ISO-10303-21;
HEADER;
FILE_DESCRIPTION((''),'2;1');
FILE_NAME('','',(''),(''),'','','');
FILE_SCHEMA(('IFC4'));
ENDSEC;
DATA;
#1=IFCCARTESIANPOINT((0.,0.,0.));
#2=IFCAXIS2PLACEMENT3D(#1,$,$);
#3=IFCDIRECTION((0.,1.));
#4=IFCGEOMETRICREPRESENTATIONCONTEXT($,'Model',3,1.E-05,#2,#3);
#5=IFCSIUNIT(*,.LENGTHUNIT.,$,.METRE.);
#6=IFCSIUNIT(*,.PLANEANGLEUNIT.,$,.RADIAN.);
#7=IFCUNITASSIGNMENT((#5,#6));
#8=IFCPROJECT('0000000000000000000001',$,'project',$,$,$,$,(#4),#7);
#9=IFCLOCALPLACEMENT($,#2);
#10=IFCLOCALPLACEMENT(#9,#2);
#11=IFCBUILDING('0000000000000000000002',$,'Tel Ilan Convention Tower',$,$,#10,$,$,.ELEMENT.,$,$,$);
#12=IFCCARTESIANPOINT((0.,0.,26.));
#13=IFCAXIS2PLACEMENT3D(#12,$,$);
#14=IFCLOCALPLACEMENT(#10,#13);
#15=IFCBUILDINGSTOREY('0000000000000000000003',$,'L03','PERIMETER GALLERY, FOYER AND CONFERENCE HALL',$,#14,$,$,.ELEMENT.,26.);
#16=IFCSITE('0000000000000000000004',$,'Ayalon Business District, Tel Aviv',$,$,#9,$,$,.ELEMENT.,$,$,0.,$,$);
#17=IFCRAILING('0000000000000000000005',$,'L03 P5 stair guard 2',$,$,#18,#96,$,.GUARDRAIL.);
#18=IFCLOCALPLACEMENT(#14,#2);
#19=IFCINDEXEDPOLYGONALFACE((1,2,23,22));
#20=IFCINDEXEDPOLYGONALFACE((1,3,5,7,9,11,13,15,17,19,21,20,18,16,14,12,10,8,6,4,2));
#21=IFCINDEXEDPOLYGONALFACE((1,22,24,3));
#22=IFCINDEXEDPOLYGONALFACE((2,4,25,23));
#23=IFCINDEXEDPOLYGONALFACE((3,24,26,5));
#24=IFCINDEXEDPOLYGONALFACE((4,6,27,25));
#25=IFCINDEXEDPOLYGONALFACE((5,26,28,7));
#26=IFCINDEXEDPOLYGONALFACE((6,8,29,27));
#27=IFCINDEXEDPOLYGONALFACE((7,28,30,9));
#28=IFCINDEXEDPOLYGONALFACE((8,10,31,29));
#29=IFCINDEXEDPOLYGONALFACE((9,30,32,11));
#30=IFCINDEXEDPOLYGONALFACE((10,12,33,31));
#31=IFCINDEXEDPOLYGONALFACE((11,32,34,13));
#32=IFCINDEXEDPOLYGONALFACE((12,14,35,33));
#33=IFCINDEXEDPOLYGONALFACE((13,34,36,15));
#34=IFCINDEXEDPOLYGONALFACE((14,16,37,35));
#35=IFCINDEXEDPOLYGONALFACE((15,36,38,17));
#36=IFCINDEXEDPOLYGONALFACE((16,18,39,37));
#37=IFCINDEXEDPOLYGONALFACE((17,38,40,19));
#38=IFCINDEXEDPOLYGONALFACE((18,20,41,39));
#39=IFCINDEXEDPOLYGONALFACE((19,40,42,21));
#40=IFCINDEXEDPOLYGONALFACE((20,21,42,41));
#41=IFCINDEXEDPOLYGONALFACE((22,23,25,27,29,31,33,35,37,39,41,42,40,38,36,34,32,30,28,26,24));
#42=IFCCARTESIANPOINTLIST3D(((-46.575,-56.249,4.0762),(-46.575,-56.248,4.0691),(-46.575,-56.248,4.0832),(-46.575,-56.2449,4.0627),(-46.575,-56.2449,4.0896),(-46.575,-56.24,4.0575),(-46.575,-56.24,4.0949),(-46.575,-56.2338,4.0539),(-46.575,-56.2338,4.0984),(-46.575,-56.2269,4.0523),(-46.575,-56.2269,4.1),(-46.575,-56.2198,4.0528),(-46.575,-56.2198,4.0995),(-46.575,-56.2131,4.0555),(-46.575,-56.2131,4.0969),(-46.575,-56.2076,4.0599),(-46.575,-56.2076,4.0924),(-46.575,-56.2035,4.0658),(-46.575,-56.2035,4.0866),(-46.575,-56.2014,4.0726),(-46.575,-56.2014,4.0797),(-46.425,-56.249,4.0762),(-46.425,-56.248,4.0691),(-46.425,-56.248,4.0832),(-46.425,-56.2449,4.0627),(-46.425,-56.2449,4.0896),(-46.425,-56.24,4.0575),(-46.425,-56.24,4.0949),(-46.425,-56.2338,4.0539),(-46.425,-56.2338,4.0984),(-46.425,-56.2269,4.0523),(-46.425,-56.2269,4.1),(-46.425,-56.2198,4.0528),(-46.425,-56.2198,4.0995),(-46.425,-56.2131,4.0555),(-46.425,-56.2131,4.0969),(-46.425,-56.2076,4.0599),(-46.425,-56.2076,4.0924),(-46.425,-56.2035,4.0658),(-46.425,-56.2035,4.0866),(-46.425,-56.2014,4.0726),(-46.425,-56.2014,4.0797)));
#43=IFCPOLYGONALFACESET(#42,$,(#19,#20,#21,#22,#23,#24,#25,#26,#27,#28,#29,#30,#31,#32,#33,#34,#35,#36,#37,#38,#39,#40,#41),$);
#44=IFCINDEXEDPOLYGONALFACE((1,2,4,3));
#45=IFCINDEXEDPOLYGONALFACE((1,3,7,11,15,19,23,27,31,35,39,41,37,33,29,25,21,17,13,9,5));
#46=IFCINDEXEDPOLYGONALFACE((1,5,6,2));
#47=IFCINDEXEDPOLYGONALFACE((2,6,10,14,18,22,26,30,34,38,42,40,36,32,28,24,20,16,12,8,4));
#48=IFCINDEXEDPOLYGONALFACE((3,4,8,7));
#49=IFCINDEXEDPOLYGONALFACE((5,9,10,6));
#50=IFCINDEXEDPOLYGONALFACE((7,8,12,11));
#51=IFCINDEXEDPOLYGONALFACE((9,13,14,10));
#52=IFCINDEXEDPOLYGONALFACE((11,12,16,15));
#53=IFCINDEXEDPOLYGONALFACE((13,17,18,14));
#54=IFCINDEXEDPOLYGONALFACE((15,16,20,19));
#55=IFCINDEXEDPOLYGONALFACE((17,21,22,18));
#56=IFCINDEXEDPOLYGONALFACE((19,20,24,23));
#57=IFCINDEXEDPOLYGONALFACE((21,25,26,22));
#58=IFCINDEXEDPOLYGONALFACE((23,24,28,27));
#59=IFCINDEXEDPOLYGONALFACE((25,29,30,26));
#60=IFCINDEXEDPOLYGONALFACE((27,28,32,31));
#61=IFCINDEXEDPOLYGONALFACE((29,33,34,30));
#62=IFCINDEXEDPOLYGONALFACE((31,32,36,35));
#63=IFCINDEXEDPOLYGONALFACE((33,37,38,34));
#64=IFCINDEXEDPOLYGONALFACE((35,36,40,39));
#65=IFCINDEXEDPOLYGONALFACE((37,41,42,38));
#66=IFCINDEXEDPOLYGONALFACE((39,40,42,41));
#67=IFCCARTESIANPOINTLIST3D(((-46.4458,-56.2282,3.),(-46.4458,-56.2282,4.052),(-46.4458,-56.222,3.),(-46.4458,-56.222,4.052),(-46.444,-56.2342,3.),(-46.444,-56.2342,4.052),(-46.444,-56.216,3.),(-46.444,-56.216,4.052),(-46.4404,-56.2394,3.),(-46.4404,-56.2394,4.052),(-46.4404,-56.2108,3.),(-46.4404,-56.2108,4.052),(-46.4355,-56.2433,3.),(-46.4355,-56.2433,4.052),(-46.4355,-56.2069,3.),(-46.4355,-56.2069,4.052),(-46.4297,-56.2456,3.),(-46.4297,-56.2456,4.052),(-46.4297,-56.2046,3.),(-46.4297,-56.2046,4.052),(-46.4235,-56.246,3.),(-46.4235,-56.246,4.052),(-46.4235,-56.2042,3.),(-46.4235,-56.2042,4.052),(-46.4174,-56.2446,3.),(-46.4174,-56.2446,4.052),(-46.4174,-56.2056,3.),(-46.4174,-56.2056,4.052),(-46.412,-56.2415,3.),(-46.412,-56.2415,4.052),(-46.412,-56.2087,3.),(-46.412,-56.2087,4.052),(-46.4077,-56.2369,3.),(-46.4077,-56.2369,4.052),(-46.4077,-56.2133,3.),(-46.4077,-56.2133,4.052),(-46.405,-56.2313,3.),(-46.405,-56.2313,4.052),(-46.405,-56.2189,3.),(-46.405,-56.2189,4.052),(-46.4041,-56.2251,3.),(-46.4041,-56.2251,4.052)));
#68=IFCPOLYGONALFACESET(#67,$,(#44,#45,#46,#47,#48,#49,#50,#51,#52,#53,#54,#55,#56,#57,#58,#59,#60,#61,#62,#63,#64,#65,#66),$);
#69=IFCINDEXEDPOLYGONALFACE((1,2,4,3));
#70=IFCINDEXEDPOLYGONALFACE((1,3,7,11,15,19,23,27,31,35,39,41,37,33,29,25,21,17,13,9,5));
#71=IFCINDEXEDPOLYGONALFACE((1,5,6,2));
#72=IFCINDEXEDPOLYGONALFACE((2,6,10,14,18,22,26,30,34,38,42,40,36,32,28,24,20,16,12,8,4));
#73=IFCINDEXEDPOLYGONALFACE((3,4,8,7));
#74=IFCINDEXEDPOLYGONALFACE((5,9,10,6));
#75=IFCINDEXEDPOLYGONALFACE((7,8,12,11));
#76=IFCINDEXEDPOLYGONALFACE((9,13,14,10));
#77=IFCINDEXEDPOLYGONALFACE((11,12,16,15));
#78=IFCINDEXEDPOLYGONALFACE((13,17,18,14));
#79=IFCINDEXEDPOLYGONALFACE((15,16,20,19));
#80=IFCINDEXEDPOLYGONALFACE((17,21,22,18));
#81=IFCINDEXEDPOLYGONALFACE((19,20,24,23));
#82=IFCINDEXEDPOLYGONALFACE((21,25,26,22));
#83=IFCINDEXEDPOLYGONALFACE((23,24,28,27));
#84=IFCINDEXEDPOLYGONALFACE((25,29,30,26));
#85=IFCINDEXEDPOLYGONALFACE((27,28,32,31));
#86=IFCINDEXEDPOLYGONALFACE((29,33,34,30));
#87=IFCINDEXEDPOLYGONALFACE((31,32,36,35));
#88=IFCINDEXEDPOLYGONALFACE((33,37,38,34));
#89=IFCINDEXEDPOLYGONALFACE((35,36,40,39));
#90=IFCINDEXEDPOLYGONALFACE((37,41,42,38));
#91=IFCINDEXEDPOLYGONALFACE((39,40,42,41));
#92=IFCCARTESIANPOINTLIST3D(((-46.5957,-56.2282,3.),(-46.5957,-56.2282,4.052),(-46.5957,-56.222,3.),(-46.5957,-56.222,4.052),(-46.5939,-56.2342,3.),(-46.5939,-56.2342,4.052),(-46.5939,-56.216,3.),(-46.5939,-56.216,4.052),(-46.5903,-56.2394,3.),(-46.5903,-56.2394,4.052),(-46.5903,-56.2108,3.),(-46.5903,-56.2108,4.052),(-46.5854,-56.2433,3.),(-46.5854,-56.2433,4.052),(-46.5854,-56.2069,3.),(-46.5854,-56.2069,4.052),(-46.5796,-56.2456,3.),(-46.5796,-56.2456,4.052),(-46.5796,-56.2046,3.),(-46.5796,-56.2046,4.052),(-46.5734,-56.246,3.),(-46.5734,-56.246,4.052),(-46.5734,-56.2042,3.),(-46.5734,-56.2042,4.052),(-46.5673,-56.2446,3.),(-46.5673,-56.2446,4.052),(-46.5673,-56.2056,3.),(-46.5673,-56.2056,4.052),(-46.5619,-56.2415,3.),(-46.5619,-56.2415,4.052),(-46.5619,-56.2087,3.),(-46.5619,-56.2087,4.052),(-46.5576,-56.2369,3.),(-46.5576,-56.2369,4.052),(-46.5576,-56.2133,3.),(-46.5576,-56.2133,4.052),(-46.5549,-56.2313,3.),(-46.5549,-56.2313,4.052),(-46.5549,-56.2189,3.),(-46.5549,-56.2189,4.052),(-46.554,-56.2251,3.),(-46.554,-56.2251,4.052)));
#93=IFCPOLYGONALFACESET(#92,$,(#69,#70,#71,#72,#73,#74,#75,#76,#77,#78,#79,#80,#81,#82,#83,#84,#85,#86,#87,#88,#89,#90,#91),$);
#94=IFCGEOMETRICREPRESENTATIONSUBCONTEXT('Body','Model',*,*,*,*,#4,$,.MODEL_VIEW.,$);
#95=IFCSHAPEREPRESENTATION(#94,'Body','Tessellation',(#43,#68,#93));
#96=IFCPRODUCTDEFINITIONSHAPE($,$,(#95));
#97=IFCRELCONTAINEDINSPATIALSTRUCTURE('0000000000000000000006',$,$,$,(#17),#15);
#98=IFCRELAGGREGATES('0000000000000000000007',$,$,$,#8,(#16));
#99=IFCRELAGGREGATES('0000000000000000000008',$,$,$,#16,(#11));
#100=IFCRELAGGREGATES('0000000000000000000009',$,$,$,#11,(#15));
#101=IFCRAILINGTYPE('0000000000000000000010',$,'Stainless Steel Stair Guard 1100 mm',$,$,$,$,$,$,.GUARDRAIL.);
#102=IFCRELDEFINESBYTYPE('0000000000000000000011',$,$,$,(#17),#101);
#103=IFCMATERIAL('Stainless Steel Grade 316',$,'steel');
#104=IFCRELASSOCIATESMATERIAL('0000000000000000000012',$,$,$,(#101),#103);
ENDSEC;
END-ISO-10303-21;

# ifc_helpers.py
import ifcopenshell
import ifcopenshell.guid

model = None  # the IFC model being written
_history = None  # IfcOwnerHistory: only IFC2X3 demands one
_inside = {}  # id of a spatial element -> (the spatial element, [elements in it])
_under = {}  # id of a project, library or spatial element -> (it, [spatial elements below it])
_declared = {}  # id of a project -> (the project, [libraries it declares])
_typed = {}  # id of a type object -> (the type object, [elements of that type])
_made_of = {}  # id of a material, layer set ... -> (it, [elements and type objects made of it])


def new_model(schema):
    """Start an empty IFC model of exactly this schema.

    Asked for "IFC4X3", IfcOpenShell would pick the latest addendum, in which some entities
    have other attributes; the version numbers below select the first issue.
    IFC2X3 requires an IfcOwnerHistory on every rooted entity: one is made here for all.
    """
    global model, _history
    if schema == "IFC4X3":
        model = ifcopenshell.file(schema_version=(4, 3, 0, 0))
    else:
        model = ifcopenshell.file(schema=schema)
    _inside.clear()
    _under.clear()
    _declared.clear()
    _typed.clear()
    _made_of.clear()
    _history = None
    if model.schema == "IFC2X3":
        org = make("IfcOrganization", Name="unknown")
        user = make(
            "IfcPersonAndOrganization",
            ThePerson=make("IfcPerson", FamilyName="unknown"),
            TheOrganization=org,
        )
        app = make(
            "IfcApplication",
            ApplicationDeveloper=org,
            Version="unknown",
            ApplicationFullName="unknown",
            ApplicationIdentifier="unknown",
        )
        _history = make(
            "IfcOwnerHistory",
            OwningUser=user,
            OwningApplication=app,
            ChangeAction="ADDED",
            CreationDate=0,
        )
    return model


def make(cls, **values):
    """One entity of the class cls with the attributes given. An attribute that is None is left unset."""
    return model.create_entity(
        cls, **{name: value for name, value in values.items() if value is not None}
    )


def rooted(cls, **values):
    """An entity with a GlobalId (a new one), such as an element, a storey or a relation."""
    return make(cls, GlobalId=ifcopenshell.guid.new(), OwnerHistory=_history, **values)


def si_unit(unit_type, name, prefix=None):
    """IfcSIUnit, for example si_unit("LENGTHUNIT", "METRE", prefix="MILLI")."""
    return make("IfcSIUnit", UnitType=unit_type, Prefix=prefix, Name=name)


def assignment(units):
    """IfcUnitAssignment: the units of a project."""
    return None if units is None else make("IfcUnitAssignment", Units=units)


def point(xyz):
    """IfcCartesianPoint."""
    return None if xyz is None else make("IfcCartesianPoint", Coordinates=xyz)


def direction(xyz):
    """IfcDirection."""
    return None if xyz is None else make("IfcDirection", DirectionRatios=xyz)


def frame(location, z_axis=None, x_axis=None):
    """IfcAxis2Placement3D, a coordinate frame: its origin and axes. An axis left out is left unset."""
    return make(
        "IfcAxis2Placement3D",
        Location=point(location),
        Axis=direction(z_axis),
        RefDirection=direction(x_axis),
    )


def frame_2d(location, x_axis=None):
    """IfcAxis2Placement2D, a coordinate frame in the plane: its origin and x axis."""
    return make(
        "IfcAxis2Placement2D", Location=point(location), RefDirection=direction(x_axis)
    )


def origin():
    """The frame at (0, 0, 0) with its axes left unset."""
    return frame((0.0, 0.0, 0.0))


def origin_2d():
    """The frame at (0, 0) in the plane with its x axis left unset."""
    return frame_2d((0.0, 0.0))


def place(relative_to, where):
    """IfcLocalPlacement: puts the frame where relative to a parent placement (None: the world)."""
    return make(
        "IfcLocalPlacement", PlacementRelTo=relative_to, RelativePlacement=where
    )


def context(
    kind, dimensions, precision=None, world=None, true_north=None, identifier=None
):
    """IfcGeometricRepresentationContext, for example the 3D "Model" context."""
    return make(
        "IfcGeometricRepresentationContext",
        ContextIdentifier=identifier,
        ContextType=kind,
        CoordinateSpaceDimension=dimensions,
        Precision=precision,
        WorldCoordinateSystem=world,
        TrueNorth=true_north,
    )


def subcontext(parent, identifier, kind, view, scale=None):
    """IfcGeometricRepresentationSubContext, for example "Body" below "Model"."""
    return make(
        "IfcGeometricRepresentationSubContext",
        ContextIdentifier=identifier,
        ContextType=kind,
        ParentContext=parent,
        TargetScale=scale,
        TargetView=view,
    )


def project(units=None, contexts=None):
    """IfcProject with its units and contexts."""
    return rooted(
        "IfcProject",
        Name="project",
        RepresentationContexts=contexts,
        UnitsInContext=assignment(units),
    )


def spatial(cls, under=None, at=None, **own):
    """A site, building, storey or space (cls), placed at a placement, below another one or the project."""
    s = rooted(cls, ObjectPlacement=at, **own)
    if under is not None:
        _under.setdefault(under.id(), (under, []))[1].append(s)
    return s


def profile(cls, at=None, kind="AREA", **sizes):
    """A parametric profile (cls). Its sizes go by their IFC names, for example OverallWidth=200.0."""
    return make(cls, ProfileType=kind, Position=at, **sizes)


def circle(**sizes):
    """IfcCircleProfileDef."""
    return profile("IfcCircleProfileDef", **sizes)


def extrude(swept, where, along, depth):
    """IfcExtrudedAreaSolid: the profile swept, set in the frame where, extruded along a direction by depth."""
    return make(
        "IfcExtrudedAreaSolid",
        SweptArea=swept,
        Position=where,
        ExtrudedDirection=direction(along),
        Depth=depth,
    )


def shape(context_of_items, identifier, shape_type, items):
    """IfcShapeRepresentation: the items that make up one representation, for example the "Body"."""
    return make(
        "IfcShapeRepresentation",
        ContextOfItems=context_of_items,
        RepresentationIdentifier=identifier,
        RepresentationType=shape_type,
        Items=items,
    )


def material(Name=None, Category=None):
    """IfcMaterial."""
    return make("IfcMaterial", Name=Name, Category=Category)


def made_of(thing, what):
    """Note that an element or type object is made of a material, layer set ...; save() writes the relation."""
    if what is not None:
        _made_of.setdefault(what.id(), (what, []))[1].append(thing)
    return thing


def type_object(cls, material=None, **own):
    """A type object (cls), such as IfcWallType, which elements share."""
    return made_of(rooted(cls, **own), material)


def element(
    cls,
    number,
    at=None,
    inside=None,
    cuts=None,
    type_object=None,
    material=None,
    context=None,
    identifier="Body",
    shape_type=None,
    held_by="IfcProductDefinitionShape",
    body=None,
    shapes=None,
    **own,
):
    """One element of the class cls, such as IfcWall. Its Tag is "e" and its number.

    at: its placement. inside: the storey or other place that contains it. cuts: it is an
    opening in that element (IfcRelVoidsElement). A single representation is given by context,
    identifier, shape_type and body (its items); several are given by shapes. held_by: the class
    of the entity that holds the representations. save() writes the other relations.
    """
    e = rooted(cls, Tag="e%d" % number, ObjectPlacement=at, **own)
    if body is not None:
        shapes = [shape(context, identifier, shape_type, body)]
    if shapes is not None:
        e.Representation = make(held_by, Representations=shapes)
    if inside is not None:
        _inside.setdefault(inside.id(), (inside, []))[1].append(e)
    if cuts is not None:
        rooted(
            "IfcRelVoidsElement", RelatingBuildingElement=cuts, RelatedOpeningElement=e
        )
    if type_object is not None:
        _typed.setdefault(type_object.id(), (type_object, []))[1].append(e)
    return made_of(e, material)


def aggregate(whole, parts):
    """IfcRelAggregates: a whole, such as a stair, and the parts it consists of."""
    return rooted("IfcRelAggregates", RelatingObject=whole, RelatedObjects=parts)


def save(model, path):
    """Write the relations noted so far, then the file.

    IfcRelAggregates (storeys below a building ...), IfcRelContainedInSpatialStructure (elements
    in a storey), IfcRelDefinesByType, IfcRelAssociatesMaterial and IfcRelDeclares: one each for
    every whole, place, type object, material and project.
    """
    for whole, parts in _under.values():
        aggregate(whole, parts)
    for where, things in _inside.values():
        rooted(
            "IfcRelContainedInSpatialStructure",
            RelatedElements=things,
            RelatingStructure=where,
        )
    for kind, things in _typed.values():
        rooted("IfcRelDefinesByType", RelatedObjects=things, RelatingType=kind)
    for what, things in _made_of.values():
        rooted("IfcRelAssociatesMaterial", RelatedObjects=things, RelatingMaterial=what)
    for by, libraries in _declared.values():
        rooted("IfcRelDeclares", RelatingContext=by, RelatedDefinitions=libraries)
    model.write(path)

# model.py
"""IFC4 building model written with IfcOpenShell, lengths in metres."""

from ifc_helpers import new_model, si_unit, direction, frame, origin, origin_2d, place, context, subcontext, project, spatial, circle, extrude, material, type_object, element, save


model = new_model("IFC4")

# Units and contexts
model_context = context("Model", 3, precision=1e-05, world=origin(), true_north=direction((0.0, 1.0)))
body_context = subcontext(model_context, "Body", "Model", "MODEL_VIEW")
ifc_project = project(units=[si_unit("LENGTHUNIT", "METRE"), si_unit("PLANEANGLEUNIT", "RADIAN")], contexts=[model_context])

# Site, building, storey
site_placement = place(None, origin())
site = spatial("IfcSite", under=ifc_project, at=site_placement, Name="Ayalon Business District, Tel Aviv", CompositionType="ELEMENT", RefElevation=0.0)
building_placement = place(site_placement, origin())
building = spatial("IfcBuilding", under=site, at=building_placement, Name="Tel Ilan Convention Tower", CompositionType="ELEMENT")
storey_placement = place(building_placement, frame((0.0, 0.0, 26.0)))
storey = spatial("IfcBuildingStorey", under=building, at=storey_placement, Name="L03", Description="PERIMETER GALLERY, FOYER AND CONFERENCE HALL", CompositionType="ELEMENT", Elevation=26.0)

# Railing
ifc_material_1 = material(Name="Stainless Steel Grade 316", Category="steel")
railing_type_1 = type_object("IfcRailingType", Name="Stainless Steel Stair Guard 1100 mm", PredefinedType="GUARDRAIL", material=ifc_material_1)
railing_1_placement = place(storey_placement, frame((-46.425, -56.2251, 3.0)))
element("IfcRailing", 1, at=railing_1_placement, inside=storey, type_object=railing_type_1, Name="L03 P5 stair guard 2", PredefinedType="GUARDRAIL", context=body_context, shape_type="SweptSolid", body=[
    extrude(circle(Radius=0.0239, at=origin_2d()), frame((0.0, 0.0, 1.0762), z_axis=(-1.0, 0.0, 0.0), x_axis=(0.0, -1.0, 0.0)), (0.0, 0.0, 1.0), 0.1499),
    extrude(circle(Radius=0.021, at=origin_2d()), origin(), (0.0, 0.0, 1.0), 1.052),
    extrude(circle(Radius=0.021, at=origin_2d()), frame((-0.1499, 0.0, 0.0)), (0.0, 0.0, 1.0), 1.052),
])

save(model, "model.ifc")
